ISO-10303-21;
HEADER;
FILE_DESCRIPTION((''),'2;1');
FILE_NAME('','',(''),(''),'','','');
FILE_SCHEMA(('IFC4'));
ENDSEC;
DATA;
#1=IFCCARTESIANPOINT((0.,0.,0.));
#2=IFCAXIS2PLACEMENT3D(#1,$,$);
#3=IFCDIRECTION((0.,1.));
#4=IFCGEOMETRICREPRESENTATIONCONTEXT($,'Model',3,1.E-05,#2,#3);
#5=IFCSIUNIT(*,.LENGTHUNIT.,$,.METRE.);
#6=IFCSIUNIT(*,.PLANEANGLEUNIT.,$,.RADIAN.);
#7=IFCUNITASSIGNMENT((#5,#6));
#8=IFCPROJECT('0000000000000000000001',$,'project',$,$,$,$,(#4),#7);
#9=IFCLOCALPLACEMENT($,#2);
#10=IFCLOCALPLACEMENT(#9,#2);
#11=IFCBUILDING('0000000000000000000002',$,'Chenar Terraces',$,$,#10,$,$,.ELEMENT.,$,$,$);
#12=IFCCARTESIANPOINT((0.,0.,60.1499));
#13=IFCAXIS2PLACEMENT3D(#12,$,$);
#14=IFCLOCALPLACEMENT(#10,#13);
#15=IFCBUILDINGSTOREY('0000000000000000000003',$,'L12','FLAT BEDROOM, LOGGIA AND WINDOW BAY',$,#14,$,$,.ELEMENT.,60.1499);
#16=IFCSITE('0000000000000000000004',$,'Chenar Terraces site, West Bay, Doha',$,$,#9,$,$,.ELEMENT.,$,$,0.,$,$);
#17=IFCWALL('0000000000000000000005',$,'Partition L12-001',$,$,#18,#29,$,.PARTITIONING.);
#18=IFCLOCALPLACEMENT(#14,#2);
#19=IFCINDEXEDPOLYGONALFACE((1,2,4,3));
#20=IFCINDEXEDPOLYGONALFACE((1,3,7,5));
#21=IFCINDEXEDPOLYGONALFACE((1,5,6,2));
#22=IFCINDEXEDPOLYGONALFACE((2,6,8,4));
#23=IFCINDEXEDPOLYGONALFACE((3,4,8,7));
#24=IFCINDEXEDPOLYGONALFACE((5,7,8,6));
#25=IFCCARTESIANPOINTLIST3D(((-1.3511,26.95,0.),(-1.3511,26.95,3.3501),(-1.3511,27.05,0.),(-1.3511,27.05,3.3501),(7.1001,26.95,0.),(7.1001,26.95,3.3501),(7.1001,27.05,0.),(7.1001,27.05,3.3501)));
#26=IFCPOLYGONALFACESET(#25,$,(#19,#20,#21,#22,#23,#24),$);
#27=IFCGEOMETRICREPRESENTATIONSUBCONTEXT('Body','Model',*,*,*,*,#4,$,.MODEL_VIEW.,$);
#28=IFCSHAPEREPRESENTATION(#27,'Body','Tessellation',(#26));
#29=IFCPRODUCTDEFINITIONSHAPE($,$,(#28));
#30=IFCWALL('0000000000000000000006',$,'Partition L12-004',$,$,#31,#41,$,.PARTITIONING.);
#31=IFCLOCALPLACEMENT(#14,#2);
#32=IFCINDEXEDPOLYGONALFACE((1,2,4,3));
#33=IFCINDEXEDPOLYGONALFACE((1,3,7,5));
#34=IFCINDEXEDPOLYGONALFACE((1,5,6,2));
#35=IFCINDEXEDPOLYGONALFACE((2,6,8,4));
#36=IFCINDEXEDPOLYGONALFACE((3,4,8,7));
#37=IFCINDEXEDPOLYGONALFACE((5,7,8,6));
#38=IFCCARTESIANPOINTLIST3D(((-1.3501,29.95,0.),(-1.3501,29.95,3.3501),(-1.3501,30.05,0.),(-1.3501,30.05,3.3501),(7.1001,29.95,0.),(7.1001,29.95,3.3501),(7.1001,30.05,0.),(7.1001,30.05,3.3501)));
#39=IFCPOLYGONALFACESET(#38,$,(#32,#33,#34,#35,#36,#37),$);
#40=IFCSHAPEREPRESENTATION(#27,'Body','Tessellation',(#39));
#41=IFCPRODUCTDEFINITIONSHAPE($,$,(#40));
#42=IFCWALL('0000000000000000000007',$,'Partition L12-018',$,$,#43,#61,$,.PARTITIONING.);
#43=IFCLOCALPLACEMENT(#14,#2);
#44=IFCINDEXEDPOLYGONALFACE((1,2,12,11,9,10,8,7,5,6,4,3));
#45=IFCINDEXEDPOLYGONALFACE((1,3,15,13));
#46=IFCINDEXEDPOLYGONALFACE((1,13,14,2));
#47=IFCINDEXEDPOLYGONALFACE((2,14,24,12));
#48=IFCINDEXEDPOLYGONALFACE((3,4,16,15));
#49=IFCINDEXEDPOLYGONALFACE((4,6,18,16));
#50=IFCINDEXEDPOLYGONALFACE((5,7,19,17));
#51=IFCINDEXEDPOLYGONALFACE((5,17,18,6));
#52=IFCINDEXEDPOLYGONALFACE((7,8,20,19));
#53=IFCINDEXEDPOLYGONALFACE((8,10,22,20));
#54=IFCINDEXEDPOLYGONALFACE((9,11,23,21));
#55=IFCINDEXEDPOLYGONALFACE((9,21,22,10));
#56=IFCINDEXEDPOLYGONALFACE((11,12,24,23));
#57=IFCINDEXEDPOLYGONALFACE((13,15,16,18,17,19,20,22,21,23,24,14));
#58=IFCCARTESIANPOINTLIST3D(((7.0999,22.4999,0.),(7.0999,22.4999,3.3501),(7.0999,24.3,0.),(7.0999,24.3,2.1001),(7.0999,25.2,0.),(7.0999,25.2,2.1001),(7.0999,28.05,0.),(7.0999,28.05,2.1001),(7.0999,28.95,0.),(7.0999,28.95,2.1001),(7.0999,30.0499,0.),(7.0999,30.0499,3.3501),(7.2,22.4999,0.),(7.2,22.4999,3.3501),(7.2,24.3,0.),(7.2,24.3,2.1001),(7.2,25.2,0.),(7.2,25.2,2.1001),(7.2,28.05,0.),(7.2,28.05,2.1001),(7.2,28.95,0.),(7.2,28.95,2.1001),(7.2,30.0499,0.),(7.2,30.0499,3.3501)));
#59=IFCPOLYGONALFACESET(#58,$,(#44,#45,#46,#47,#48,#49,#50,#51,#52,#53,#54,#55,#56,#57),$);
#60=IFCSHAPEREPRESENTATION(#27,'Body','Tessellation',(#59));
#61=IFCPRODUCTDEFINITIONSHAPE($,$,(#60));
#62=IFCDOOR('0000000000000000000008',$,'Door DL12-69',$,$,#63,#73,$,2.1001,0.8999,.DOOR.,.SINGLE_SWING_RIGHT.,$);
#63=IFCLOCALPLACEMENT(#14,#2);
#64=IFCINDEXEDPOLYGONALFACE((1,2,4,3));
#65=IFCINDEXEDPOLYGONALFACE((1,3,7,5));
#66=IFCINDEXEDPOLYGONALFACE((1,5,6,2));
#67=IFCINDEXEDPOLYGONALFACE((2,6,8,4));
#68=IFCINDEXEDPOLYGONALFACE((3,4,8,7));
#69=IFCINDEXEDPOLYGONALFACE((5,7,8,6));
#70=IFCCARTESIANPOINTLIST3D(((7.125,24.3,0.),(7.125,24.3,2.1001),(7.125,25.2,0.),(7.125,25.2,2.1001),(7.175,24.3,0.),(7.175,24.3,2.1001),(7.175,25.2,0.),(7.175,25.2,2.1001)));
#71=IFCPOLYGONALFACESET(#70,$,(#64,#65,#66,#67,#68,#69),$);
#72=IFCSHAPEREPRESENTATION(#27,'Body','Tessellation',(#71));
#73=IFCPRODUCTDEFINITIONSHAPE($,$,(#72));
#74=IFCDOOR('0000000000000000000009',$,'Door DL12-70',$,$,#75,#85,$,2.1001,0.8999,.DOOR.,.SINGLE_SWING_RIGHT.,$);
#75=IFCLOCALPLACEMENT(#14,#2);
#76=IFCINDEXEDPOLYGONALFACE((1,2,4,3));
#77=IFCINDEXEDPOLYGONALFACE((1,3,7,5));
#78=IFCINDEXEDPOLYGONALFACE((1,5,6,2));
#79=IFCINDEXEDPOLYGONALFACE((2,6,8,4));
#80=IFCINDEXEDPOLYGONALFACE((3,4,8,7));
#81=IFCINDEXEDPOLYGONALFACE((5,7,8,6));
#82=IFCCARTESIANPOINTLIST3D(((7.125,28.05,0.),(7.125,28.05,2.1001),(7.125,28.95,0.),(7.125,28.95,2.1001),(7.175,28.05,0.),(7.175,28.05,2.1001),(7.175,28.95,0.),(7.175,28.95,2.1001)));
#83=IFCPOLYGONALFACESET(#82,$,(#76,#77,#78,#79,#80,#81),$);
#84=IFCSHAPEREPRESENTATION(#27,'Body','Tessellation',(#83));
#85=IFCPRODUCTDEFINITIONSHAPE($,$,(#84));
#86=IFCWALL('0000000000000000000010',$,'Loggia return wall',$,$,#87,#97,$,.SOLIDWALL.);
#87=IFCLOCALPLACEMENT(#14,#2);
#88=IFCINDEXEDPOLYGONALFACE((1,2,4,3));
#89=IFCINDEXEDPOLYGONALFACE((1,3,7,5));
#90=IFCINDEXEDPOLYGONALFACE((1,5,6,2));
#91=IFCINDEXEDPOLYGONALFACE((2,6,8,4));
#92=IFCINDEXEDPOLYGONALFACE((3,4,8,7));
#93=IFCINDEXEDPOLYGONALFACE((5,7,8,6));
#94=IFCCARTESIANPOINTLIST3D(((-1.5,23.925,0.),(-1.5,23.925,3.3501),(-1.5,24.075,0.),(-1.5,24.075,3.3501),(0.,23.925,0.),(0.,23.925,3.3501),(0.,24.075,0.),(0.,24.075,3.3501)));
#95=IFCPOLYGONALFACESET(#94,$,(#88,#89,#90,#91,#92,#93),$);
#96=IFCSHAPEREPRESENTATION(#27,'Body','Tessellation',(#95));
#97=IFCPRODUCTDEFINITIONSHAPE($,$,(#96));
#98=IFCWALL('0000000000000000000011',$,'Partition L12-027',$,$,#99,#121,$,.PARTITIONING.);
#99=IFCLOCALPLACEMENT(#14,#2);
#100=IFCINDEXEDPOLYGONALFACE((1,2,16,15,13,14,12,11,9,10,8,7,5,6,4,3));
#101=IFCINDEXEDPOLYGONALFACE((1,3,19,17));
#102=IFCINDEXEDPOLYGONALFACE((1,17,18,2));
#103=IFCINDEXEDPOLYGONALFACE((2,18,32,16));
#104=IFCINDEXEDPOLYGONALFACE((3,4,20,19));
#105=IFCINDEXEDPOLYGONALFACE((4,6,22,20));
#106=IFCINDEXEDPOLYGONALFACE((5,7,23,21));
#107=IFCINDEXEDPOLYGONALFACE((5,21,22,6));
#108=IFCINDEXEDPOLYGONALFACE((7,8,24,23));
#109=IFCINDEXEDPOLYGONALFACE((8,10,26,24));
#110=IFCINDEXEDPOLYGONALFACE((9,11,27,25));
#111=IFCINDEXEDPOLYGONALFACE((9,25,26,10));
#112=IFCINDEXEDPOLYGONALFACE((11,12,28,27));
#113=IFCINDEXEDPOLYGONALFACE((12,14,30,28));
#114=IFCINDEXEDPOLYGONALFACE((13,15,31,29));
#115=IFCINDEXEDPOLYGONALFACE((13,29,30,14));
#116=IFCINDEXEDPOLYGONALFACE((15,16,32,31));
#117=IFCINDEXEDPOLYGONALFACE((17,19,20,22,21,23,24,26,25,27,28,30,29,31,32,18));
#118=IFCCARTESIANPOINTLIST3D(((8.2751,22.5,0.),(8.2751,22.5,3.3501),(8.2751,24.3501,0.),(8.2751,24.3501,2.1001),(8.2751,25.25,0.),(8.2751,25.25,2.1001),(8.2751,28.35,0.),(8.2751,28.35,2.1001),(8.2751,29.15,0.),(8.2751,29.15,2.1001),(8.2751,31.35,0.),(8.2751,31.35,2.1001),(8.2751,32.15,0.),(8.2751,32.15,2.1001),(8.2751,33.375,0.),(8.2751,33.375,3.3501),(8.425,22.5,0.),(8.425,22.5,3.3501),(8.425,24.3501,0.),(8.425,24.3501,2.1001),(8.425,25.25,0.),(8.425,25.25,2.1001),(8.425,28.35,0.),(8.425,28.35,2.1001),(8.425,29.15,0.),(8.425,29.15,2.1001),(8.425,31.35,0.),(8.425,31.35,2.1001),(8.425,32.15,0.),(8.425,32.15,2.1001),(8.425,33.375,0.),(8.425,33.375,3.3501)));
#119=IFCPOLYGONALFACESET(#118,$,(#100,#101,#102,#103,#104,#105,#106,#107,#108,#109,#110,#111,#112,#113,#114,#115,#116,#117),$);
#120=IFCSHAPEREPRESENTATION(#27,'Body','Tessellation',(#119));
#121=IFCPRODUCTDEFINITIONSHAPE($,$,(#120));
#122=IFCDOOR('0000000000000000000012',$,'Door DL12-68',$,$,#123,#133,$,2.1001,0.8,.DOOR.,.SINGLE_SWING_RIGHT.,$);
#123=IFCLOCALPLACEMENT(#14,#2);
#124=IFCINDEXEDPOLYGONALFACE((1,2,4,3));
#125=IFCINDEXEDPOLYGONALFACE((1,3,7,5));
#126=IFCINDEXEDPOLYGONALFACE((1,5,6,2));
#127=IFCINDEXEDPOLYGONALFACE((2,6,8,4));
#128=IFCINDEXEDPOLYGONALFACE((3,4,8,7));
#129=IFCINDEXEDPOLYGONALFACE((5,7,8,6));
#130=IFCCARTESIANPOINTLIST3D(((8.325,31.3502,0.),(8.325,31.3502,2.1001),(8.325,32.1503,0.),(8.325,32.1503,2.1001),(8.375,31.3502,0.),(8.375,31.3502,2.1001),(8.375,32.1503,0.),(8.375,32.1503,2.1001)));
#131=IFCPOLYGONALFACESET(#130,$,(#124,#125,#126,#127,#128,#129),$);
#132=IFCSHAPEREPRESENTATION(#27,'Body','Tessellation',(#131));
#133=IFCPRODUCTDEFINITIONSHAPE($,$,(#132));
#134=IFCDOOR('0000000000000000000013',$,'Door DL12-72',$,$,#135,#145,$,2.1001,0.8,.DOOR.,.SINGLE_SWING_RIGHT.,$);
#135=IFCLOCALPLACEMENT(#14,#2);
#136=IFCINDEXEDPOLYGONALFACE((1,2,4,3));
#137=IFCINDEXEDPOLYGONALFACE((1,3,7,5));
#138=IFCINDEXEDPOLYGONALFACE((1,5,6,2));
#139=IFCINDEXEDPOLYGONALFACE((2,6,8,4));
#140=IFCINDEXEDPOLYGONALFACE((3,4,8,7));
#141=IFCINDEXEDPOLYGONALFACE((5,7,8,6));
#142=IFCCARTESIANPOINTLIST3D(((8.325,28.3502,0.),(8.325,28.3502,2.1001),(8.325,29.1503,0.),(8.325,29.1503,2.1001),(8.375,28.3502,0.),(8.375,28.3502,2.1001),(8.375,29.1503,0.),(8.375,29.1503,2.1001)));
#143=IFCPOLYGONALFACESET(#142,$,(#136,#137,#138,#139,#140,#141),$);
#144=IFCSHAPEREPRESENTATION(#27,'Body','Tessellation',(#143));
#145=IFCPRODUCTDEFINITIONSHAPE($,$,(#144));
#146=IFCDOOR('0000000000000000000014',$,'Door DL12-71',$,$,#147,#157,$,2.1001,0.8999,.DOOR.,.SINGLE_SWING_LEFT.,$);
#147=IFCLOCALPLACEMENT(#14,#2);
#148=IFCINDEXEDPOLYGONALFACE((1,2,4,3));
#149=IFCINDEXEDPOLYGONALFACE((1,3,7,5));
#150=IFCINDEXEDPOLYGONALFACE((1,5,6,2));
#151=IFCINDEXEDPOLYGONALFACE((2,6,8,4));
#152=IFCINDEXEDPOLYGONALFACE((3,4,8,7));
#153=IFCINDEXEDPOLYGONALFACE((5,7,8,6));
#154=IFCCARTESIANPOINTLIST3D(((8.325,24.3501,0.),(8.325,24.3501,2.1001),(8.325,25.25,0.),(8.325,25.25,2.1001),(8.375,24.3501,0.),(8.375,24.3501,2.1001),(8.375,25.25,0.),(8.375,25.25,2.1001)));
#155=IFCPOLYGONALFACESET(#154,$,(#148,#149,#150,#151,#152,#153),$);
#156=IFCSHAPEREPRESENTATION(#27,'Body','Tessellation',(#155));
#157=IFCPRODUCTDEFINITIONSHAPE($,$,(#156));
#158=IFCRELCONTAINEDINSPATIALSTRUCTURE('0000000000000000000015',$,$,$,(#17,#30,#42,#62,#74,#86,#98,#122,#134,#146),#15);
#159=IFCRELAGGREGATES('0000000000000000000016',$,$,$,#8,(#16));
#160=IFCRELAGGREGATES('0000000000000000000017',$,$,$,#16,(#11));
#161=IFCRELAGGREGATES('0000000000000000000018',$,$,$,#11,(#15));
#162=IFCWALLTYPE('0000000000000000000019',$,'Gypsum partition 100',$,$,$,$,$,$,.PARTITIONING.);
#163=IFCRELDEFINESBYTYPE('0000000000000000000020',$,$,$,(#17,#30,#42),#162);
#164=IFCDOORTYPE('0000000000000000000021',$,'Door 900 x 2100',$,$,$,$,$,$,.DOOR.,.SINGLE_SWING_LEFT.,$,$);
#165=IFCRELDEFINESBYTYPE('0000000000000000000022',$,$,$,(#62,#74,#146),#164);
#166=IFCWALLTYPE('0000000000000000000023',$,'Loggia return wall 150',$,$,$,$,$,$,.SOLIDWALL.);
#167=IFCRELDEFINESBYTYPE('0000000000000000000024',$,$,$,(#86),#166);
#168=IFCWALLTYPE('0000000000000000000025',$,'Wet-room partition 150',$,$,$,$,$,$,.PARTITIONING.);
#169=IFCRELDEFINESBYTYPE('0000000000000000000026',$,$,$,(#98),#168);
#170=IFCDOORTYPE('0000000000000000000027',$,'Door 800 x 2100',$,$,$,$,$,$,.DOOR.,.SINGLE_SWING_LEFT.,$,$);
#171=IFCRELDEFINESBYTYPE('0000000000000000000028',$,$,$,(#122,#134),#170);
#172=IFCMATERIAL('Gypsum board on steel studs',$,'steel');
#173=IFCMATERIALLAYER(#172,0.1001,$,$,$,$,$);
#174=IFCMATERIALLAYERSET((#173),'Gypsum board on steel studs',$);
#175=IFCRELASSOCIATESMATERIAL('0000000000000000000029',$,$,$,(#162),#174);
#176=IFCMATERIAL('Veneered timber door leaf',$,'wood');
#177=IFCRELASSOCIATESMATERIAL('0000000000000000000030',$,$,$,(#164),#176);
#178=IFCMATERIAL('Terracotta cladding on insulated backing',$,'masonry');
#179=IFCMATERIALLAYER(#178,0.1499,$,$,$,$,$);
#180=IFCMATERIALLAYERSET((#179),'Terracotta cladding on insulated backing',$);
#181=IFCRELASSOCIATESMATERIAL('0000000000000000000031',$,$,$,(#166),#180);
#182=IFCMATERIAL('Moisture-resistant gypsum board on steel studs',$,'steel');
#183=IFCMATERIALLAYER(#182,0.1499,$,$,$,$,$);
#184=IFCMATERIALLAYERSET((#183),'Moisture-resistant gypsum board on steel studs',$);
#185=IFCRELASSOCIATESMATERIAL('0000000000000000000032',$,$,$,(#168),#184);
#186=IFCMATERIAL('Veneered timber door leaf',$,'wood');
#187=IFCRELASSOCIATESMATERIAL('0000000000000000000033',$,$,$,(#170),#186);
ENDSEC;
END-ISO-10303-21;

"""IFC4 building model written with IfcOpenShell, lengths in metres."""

from ifc_helpers import new_model, si_unit, direction, frame, frame_2d, origin, place, context, subcontext, project, spatial, rectangle, extrude, material, layer, layer_set, type_object, element, fill, save


model = new_model("IFC4")

# Units and contexts
model_context = context("Model", 3, precision=1e-05, world=origin(), true_north=direction((0.0, 1.0)))
body_context = subcontext(model_context, "Body", "Model", "MODEL_VIEW")
ifc_project = project(units=[si_unit("LENGTHUNIT", "METRE"), si_unit("PLANEANGLEUNIT", "RADIAN")], contexts=[model_context])

# Site, building, storey
site_placement = place(None, origin())
site = spatial("IfcSite", under=ifc_project, at=site_placement, Name="Chenar Terraces site, West Bay, Doha", CompositionType="ELEMENT", RefElevation=0.0)
building_placement = place(site_placement, origin())
building = spatial("IfcBuilding", under=site, at=building_placement, Name="Chenar Terraces", CompositionType="ELEMENT")
storey_placement = place(building_placement, frame((0.0, 0.0, 60.1499)))
storey = spatial("IfcBuildingStorey", under=building, at=storey_placement, Name="L12", Description="FLAT BEDROOM, LOGGIA AND WINDOW BAY", CompositionType="ELEMENT", Elevation=60.1499)

# Walls
ifc_material_1 = material(Name="Gypsum board on steel studs", Category="steel")
ifc_layer_1 = layer(ifc_material_1, 0.1001)
ifc_layer_set_1 = layer_set([ifc_layer_1], Name="Gypsum board on steel studs")
wall_type_1 = type_object("IfcWallType", Name="Gypsum partition 100", PredefinedType="PARTITIONING", material=ifc_layer_set_1)
wall_1_placement = place(storey_placement, frame((-1.3511, 27.0, 0.0), z_axis=(0.0, 0.0, 1.0), x_axis=(1.0, 0.0, 0.0)))
element("IfcWall", 1, at=wall_1_placement, inside=storey, type_object=wall_type_1, Name="Partition L12-001", PredefinedType="PARTITIONING", context=body_context, shape_type="SweptSolid", body=[
    extrude(rectangle(XDim=8.4512, YDim=0.1001, at=frame_2d((4.2256, 0.0))), origin(), (0.0, 0.0, 1.0), 3.3501),
])
wall_2_placement = place(storey_placement, frame((-1.3501, 30.0, 0.0), z_axis=(0.0, 0.0, 1.0), x_axis=(1.0, 0.0, 0.0)))
element("IfcWall", 2, at=wall_2_placement, inside=storey, type_object=wall_type_1, Name="Partition L12-004", PredefinedType="PARTITIONING", context=body_context, shape_type="SweptSolid", body=[
    extrude(rectangle(XDim=8.4502, YDim=0.1001, at=frame_2d((4.2251, 0.0))), origin(), (0.0, 0.0, 1.0), 3.3501),
])

# Wall, openings, doors
wall_3_placement = place(storey_placement, frame((7.1499, 22.5, 0.0), z_axis=(0.0, 0.0, 1.0), x_axis=(0.0, 1.0, 0.0)))
wall_3 = element("IfcWall", 3, at=wall_3_placement, inside=storey, type_object=wall_type_1, Name="Partition L12-018", PredefinedType="PARTITIONING", context=body_context, shape_type="SweptSolid", body=[
    extrude(rectangle(XDim=7.55, YDim=0.1001, at=frame_2d((3.7749, 0.0))), origin(), (0.0, 0.0, 1.0), 3.3501),
])
opening_1_placement = place(wall_3_placement, frame((1.8, 0.0, 0.0)))
opening_1 = element("IfcOpeningElement", 4, at=opening_1_placement, cuts=wall_3, PredefinedType="OPENING", context=body_context, shape_type="SweptSolid", body=[
    extrude(rectangle(XDim=0.8999, YDim=2.1001, at=frame_2d((0.45, 1.05))), frame((0.0, 0.0601, 0.0), z_axis=(0.0, -1.0, 0.0), x_axis=(1.0, 0.0, 0.0)), (0.0, 0.0, 1.0), 0.1201),
])
opening_2_placement = place(wall_3_placement, frame((5.55, 0.0, 0.0)))
opening_2 = element("IfcOpeningElement", 5, at=opening_2_placement, cuts=wall_3, PredefinedType="OPENING", context=body_context, shape_type="SweptSolid", body=[
    extrude(rectangle(XDim=0.8999, YDim=2.1001, at=frame_2d((0.45, 1.05))), frame((0.0, 0.0601, 0.0), z_axis=(0.0, -1.0, 0.0), x_axis=(1.0, 0.0, 0.0)), (0.0, 0.0, 1.0), 0.1201),
])
ifc_material_2 = material(Name="Veneered timber door leaf", Category="wood")
door_type_1 = type_object("IfcDoorType", Name="Door 900 x 2100", OperationType="SINGLE_SWING_LEFT", PredefinedType="DOOR", material=ifc_material_2)
door_1_placement = place(opening_1_placement, origin())
door_1 = element("IfcDoor", 6, at=door_1_placement, inside=storey, type_object=door_type_1, Name="Door DL12-69", OperationType="SINGLE_SWING_RIGHT", OverallHeight=2.1001, OverallWidth=0.8999, PredefinedType="DOOR", context=body_context, shape_type="SweptSolid", body=[
    extrude(rectangle(XDim=0.8999, YDim=2.1001, at=frame_2d((0.45, 1.05))), frame((0.0, 0.0249, 0.0), z_axis=(0.0, -1.0, 0.0), x_axis=(1.0, 0.0, 0.0)), (0.0, 0.0, 1.0), 0.05),
])
fill(opening_1, door_1)
door_2_placement = place(opening_2_placement, origin())
door_2 = element("IfcDoor", 7, at=door_2_placement, inside=storey, type_object=door_type_1, Name="Door DL12-70", OperationType="SINGLE_SWING_RIGHT", OverallHeight=2.1001, OverallWidth=0.8999, PredefinedType="DOOR", context=body_context, shape_type="SweptSolid", body=[
    extrude(rectangle(XDim=0.8999, YDim=2.1001, at=frame_2d((0.45, 1.05))), frame((0.0, 0.0249, 0.0), z_axis=(0.0, -1.0, 0.0), x_axis=(1.0, 0.0, 0.0)), (0.0, 0.0, 1.0), 0.05),
])
fill(opening_2, door_2)

# Wall
ifc_material_3 = material(Name="Terracotta cladding on insulated backing", Category="masonry")
ifc_layer_2 = layer(ifc_material_3, 0.1499)
ifc_layer_set_2 = layer_set([ifc_layer_2], Name="Terracotta cladding on insulated backing")
wall_type_2 = type_object("IfcWallType", Name="Loggia return wall 150", PredefinedType="SOLIDWALL", material=ifc_layer_set_2)
wall_4_placement = place(storey_placement, frame((-1.5, 24.0, 0.0), z_axis=(0.0, 0.0, 1.0), x_axis=(1.0, 0.0, 0.0)))
element("IfcWall", 8, at=wall_4_placement, inside=storey, type_object=wall_type_2, Name="Loggia return wall", PredefinedType="SOLIDWALL", context=body_context, shape_type="SweptSolid", body=[
    extrude(rectangle(XDim=1.5, YDim=0.1499, at=frame_2d((0.75, 0.0))), origin(), (0.0, 0.0, 1.0), 3.3501),
])

# Wall, openings, doors
ifc_material_4 = material(Name="Moisture-resistant gypsum board on steel studs", Category="steel")
ifc_layer_3 = layer(ifc_material_4, 0.1499)
ifc_layer_set_3 = layer_set([ifc_layer_3], Name="Moisture-resistant gypsum board on steel studs")
wall_type_3 = type_object("IfcWallType", Name="Wet-room partition 150", PredefinedType="PARTITIONING", material=ifc_layer_set_3)
wall_5_placement = place(storey_placement, frame((8.3501, 22.5, 0.0), z_axis=(0.0, 0.0, 1.0), x_axis=(0.0, 1.0, 0.0)))
wall_5 = element("IfcWall", 9, at=wall_5_placement, inside=storey, type_object=wall_type_3, Name="Partition L12-027", PredefinedType="PARTITIONING", context=body_context, shape_type="SweptSolid", body=[
    extrude(rectangle(XDim=10.875, YDim=0.1499, at=frame_2d((5.4375, 0.0))), origin(), (0.0, 0.0, 1.0), 3.3501),
])
opening_3_placement = place(wall_5_placement, frame((8.8501, 0.0, 0.0)))
opening_3 = element("IfcOpeningElement", 10, at=opening_3_placement, cuts=wall_5, PredefinedType="OPENING", context=body_context, shape_type="SweptSolid", body=[
    extrude(rectangle(XDim=0.8, YDim=2.1001, at=frame_2d((0.3999, 1.05))), frame((0.0, 0.085, 0.0), z_axis=(0.0, -1.0, 0.0), x_axis=(1.0, 0.0, 0.0)), (0.0, 0.0, 1.0), 0.1699),
])
opening_4_placement = place(wall_5_placement, frame((1.8501, 0.0, 0.0)))
opening_4 = element("IfcOpeningElement", 11, at=opening_4_placement, cuts=wall_5, PredefinedType="OPENING", context=body_context, shape_type="SweptSolid", body=[
    extrude(rectangle(XDim=0.8999, YDim=2.1001, at=frame_2d((0.45, 1.05))), frame((0.0, 0.085, 0.0), z_axis=(0.0, -1.0, 0.0), x_axis=(1.0, 0.0, 0.0)), (0.0, 0.0, 1.0), 0.1699),
])
opening_5_placement = place(wall_5_placement, frame((5.8501, 0.0, 0.0)))
opening_5 = element("IfcOpeningElement", 12, at=opening_5_placement, cuts=wall_5, PredefinedType="OPENING", context=body_context, shape_type="SweptSolid", body=[
    extrude(rectangle(XDim=0.8, YDim=2.1001, at=frame_2d((0.3999, 1.05))), frame((0.0, 0.085, 0.0), z_axis=(0.0, -1.0, 0.0), x_axis=(1.0, 0.0, 0.0)), (0.0, 0.0, 1.0), 0.1699),
])
ifc_material_5 = material(Name="Veneered timber door leaf", Category="wood")
door_type_2 = type_object("IfcDoorType", Name="Door 800 x 2100", OperationType="SINGLE_SWING_LEFT", PredefinedType="DOOR", material=ifc_material_5)
door_3_placement = place(opening_3_placement, frame((0.8, 0.0, 0.0), z_axis=(0.0, 0.0, 1.0), x_axis=(-1.0, 0.0, 0.0)))
door_3 = element("IfcDoor", 13, at=door_3_placement, inside=storey, type_object=door_type_2, Name="Door DL12-68", OperationType="SINGLE_SWING_RIGHT", OverallHeight=2.1001, OverallWidth=0.8, PredefinedType="DOOR", context=body_context, shape_type="SweptSolid", body=[
    extrude(rectangle(XDim=0.8, YDim=2.1001, at=frame_2d((0.3999, 1.05))), frame((0.0, 0.0249, 0.0), z_axis=(0.0, -1.0, 0.0), x_axis=(1.0, 0.0, 0.0)), (0.0, 0.0, 1.0), 0.05),
])
fill(opening_3, door_3)
door_4_placement = place(opening_5_placement, frame((0.8, 0.0, 0.0), z_axis=(0.0, 0.0, 1.0), x_axis=(-1.0, 0.0, 0.0)))
door_4 = element("IfcDoor", 14, at=door_4_placement, inside=storey, type_object=door_type_2, Name="Door DL12-72", OperationType="SINGLE_SWING_RIGHT", OverallHeight=2.1001, OverallWidth=0.8, PredefinedType="DOOR", context=body_context, shape_type="SweptSolid", body=[
    extrude(rectangle(XDim=0.8, YDim=2.1001, at=frame_2d((0.3999, 1.05))), frame((0.0, 0.0249, 0.0), z_axis=(0.0, -1.0, 0.0), x_axis=(1.0, 0.0, 0.0)), (0.0, 0.0, 1.0), 0.05),
])
fill(opening_5, door_4)
door_5_placement = place(opening_4_placement, frame((0.8999, 0.0, 0.0), z_axis=(0.0, 0.0, 1.0), x_axis=(-1.0, 0.0, 0.0)))
door_5 = element("IfcDoor", 15, at=door_5_placement, inside=storey, type_object=door_type_1, Name="Door DL12-71", OperationType="SINGLE_SWING_LEFT", OverallHeight=2.1001, OverallWidth=0.8999, PredefinedType="DOOR", context=body_context, shape_type="SweptSolid", body=[
    extrude(rectangle(XDim=0.8999, YDim=2.1001, at=frame_2d((0.45, 1.05))), frame((0.0, 0.0249, 0.0), z_axis=(0.0, -1.0, 0.0), x_axis=(1.0, 0.0, 0.0)), (0.0, 0.0, 1.0), 0.05),
])
fill(opening_4, door_5)

save(model, "model.ifc")
